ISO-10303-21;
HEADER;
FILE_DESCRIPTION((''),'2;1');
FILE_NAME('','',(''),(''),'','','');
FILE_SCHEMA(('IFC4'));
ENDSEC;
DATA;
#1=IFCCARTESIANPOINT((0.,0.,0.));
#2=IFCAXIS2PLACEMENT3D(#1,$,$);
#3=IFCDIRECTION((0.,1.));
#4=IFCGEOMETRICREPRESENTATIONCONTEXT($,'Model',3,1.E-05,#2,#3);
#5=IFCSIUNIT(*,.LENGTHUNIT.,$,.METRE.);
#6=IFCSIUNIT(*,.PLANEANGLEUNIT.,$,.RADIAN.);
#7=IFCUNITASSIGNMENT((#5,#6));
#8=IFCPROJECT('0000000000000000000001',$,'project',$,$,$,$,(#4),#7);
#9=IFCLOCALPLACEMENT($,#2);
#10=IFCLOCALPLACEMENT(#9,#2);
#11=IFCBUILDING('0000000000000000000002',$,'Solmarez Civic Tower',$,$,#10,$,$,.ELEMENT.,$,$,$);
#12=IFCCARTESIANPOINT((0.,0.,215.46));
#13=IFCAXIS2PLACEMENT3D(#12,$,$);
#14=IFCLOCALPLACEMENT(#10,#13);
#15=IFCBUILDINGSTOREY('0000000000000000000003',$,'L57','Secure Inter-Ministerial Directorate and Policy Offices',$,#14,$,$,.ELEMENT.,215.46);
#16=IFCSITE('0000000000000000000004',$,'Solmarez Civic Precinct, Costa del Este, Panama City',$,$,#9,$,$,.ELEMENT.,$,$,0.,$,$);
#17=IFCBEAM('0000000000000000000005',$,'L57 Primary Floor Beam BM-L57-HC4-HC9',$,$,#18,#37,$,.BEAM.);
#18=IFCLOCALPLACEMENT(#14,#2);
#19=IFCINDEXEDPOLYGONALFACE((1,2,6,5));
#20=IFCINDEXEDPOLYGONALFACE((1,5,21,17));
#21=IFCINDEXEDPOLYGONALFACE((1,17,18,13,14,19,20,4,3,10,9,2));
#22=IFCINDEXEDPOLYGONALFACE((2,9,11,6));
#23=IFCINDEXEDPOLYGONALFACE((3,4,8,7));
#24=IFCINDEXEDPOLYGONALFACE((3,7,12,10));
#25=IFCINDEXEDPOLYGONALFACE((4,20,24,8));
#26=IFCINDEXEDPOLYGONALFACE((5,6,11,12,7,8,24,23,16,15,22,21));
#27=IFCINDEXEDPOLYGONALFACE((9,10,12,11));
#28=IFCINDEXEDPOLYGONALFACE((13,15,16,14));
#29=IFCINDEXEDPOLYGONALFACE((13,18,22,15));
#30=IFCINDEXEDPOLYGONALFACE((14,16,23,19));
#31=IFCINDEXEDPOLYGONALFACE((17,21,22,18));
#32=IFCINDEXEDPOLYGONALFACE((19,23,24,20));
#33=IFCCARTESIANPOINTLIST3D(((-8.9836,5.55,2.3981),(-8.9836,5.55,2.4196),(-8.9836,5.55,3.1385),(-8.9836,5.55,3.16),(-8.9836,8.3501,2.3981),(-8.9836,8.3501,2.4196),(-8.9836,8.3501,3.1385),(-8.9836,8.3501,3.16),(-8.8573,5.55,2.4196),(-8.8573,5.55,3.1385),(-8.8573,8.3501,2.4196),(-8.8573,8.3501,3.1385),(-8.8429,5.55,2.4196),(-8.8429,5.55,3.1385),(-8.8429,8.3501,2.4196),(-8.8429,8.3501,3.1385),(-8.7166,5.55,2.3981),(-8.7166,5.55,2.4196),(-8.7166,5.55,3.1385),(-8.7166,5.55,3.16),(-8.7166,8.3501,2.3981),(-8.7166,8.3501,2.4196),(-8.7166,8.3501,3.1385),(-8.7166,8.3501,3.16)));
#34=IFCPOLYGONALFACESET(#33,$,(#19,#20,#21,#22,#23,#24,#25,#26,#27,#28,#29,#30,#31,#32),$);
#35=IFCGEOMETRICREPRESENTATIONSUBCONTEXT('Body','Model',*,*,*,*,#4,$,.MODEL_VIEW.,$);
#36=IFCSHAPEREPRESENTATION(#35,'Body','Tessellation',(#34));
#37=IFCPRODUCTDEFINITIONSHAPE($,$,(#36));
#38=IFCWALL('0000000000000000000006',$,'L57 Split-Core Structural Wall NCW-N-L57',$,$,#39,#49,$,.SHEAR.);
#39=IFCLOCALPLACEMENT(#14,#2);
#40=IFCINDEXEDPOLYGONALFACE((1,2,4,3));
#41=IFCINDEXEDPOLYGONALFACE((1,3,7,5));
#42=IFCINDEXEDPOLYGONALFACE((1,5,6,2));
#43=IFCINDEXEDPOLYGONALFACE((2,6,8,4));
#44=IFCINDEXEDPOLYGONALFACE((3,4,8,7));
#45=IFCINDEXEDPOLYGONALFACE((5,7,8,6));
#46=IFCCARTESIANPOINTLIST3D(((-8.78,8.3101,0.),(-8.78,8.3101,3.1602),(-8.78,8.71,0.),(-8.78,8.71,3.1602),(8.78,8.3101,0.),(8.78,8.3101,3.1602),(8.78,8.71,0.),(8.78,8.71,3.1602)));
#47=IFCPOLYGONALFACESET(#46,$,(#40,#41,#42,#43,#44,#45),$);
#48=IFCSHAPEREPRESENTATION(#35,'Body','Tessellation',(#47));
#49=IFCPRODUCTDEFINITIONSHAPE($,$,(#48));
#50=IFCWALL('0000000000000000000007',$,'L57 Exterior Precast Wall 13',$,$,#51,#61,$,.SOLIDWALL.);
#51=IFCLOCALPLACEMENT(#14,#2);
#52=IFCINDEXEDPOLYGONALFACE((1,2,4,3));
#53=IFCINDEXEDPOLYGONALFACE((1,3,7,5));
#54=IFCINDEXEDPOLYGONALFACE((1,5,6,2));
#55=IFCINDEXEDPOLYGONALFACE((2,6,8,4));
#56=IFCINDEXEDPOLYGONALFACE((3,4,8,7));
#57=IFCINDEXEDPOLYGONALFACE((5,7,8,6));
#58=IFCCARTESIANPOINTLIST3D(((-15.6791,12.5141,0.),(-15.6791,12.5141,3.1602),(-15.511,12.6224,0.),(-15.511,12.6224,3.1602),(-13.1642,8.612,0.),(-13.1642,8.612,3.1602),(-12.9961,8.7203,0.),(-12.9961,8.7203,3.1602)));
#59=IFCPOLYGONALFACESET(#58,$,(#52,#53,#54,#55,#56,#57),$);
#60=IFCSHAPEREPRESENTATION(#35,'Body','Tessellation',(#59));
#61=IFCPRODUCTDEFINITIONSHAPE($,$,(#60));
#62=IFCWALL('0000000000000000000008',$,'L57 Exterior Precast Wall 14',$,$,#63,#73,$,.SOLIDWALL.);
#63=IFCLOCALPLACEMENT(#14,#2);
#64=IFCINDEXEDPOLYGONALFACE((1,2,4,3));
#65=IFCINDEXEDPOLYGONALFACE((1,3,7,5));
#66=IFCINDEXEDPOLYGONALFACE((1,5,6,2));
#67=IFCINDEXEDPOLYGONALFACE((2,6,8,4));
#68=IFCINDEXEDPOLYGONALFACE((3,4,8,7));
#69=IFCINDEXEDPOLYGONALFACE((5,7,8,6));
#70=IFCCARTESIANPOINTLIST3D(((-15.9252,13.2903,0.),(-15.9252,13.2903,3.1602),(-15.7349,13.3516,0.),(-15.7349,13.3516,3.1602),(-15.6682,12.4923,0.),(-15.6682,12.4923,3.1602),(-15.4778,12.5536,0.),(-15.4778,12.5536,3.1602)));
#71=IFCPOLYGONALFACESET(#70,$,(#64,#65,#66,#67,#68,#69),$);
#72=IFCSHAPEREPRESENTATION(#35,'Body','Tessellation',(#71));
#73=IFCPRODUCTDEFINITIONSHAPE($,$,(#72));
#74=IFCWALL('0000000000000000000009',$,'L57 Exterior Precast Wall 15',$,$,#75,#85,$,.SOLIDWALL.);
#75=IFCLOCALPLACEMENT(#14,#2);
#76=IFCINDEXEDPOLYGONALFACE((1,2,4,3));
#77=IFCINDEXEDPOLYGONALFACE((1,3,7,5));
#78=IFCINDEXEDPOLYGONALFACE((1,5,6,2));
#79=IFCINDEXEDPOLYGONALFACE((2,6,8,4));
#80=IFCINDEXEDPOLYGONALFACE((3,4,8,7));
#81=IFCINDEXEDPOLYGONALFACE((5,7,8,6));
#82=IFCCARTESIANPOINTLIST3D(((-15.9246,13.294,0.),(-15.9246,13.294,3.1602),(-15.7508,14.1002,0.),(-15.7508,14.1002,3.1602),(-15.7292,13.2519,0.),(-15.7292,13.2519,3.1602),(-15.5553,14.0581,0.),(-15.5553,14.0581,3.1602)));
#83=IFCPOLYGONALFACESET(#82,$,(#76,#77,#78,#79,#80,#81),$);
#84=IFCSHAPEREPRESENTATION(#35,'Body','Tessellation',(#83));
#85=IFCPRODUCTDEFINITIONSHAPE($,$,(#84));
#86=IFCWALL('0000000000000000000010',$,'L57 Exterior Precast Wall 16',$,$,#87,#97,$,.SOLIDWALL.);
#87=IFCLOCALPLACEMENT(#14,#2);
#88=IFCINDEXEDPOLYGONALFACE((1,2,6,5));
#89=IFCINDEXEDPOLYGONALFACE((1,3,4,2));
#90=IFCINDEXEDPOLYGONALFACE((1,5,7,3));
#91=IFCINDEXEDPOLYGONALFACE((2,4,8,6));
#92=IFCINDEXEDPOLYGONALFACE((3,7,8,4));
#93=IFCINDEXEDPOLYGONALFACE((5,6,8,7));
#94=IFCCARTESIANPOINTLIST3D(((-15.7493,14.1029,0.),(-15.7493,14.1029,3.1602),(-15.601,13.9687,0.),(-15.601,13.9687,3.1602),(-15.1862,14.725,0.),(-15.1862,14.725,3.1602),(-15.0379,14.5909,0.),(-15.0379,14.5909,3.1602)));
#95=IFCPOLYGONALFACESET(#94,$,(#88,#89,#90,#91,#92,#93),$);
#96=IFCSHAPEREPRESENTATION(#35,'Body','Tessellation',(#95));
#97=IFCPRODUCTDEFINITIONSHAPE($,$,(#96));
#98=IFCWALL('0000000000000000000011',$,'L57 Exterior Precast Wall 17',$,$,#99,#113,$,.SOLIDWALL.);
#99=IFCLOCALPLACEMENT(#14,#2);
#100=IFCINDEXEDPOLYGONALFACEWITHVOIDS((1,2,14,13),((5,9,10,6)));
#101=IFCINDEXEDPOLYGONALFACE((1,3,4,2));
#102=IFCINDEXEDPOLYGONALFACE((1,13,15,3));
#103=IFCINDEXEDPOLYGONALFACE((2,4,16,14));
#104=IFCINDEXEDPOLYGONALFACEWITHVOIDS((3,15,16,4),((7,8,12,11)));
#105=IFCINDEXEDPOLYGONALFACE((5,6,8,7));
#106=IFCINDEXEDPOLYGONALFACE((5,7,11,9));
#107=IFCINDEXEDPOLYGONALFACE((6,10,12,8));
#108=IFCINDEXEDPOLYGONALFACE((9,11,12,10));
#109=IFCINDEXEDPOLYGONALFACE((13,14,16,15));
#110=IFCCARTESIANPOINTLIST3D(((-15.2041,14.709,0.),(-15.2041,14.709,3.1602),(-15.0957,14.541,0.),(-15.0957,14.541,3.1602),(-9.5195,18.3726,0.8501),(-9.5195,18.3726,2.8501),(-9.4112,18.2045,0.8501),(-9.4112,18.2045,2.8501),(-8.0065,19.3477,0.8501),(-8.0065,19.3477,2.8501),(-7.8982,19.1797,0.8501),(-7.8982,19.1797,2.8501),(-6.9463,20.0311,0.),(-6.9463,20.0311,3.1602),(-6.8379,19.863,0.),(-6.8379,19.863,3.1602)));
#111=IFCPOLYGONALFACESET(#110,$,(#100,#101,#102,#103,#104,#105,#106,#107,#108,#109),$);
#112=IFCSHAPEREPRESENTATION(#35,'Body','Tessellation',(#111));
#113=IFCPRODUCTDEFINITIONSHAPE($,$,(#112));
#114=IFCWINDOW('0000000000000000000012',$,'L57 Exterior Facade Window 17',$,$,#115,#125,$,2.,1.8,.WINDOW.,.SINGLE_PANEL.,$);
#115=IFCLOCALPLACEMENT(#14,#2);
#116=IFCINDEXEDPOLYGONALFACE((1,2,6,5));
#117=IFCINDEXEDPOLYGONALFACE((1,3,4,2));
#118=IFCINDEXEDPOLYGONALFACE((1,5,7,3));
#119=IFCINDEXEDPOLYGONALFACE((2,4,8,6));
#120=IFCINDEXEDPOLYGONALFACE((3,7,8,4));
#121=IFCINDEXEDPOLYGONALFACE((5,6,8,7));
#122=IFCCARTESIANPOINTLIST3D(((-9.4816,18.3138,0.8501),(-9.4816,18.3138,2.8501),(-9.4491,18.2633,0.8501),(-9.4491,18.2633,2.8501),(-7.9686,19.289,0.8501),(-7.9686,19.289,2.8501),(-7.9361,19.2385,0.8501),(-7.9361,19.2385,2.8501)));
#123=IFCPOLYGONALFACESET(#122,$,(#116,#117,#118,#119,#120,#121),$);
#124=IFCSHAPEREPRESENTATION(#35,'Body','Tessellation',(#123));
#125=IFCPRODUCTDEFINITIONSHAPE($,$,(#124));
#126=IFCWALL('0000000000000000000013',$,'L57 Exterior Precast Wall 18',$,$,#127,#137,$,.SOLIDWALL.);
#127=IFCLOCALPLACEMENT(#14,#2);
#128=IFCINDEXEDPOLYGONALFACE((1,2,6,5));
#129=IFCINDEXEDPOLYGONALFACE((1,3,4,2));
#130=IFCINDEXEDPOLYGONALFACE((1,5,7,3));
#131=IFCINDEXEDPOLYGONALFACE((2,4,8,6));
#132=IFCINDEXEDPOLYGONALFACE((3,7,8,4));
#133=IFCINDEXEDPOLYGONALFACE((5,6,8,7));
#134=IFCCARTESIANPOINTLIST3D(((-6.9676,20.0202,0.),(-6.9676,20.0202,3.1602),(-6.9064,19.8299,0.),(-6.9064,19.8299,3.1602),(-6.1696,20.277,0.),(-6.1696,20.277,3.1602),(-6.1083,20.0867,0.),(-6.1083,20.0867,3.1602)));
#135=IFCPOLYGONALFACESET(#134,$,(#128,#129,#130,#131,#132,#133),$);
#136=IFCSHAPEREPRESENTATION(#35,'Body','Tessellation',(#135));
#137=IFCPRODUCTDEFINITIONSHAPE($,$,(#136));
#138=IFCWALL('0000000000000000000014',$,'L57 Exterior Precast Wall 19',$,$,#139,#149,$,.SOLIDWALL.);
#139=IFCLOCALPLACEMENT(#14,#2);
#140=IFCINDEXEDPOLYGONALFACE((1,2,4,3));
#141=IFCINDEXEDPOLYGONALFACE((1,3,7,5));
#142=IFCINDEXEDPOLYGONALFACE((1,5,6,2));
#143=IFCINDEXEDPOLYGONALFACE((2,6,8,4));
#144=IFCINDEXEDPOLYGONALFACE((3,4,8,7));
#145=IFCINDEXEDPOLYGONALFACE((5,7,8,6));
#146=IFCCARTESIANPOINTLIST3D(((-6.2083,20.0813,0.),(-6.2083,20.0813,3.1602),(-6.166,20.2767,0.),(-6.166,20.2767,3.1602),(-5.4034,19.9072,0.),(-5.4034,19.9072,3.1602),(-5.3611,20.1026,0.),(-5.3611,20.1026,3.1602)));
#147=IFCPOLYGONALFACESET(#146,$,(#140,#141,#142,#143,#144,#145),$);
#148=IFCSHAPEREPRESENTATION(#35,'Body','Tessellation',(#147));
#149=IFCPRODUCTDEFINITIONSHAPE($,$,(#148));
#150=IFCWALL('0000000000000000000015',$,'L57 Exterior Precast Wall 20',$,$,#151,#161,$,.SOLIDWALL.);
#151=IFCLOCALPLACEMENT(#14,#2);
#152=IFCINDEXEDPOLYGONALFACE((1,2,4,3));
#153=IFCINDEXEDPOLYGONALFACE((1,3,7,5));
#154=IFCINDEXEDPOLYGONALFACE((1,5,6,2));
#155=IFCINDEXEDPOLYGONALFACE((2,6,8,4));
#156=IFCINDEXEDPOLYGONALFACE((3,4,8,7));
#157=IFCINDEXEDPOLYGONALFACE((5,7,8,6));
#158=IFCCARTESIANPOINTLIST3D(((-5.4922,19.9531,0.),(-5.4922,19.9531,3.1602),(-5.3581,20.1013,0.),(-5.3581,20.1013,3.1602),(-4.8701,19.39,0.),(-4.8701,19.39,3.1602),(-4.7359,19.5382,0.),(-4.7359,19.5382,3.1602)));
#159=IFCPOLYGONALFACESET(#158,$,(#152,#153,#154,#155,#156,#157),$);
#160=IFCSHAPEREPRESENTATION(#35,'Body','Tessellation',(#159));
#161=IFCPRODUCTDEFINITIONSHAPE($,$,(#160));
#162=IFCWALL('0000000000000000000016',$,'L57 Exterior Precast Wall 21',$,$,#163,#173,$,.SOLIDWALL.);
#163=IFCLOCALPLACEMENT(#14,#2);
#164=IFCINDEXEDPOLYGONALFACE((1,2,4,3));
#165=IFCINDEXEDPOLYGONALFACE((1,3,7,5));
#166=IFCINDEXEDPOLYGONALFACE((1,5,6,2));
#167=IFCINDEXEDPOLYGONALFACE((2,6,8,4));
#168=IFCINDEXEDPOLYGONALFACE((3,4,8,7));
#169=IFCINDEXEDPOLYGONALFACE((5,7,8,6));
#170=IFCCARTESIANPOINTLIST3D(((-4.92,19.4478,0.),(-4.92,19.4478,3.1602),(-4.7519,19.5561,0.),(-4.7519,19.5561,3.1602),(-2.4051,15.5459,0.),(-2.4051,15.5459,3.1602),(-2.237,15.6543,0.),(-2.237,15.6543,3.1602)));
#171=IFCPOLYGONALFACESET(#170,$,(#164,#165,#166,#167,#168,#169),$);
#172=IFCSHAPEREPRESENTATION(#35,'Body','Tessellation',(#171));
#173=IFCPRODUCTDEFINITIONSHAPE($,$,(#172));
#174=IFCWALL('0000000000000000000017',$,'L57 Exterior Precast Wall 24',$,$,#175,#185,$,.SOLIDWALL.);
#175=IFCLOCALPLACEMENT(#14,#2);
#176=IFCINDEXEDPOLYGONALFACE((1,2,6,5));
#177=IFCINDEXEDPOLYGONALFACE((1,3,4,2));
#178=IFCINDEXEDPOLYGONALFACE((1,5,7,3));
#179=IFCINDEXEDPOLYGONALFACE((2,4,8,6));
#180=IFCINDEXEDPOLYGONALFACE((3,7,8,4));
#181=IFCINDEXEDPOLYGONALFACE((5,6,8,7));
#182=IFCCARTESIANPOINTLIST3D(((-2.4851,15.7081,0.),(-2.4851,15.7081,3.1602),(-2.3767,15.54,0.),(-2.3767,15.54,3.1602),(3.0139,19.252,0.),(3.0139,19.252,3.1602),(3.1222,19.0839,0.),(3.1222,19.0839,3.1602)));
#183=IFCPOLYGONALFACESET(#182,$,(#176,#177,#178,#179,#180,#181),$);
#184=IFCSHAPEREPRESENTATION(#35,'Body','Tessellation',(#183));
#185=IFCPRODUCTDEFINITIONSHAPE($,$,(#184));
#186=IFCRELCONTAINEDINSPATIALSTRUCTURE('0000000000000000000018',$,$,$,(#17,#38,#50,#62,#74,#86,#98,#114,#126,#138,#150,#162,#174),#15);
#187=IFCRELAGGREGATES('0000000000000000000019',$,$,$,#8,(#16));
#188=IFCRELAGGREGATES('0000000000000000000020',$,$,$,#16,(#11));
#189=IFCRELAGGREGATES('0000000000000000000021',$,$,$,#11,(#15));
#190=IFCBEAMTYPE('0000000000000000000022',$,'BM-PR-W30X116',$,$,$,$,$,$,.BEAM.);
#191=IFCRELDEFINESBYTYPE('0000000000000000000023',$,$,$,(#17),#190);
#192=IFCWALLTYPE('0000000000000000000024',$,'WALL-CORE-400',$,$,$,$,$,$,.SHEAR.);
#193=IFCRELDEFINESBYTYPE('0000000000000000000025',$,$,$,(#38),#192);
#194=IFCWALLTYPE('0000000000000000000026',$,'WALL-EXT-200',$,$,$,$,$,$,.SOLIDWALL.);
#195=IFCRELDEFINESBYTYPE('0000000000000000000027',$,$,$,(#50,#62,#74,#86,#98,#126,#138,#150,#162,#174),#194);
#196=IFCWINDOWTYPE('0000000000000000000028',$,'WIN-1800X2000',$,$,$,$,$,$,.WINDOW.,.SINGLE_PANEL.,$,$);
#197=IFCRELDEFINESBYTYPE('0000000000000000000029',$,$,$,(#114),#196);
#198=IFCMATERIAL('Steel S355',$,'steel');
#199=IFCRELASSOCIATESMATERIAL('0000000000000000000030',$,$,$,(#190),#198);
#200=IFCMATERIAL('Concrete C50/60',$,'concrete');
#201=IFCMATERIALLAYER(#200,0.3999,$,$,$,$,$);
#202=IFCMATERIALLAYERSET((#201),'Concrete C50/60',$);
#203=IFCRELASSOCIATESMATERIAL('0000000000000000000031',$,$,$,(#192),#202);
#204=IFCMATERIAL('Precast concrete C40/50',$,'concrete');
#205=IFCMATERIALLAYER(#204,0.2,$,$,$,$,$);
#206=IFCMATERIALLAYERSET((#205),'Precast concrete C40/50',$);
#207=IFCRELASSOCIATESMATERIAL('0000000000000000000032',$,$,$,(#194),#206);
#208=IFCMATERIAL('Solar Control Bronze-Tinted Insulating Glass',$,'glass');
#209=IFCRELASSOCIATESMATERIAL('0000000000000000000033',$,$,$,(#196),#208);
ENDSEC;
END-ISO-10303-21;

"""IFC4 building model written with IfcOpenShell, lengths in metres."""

from ifc_helpers import new_model, si_unit, direction, frame, frame_2d, origin, origin_2d, place, context, subcontext, project, spatial, rectangle, i_section, extrude, material, layer, layer_set, material_profile, profile_set, type_object, element, fill, save


model = new_model("IFC4")

# Units and contexts
model_context = context("Model", 3, precision=1e-05, world=origin(), true_north=direction((0.0, 1.0)))
body_context = subcontext(model_context, "Body", "Model", "MODEL_VIEW")
ifc_project = project(units=[si_unit("LENGTHUNIT", "METRE"), si_unit("PLANEANGLEUNIT", "RADIAN")], contexts=[model_context])

# Site, building, storey
site_placement = place(None, origin())
site = spatial("IfcSite", under=ifc_project, at=site_placement, Name="Solmarez Civic Precinct, Costa del Este, Panama City", CompositionType="ELEMENT", RefElevation=0.0)
building_placement = place(site_placement, origin())
building = spatial("IfcBuilding", under=site, at=building_placement, Name="Solmarez Civic Tower", CompositionType="ELEMENT")
storey_placement = place(building_placement, frame((0.0, 0.0, 215.46)))
storey = spatial("IfcBuildingStorey", under=building, at=storey_placement, Name="L57", Description="Secure Inter-Ministerial Directorate and Policy Offices", CompositionType="ELEMENT", Elevation=215.46)

# Shared definitions
ifc_material_1 = material(Name="Concrete C50/60", Category="concrete")
ifc_material_2 = material(Name="Steel S355", Category="steel")

# Beam
ifc_material_profile_1 = material_profile(ifc_material_2, i_section(OverallWidth=0.2671, OverallDepth=0.762, WebThickness=0.0144, FlangeThickness=0.0215, at=origin_2d()), Name="W30X116")
ifc_profile_set_1 = profile_set([ifc_material_profile_1], Name="Steel S355")
beam_type_1 = type_object("IfcBeamType", Name="BM-PR-W30X116", PredefinedType="BEAM", material=ifc_profile_set_1)
beam_1_placement = place(storey_placement, frame((-8.8501, 5.55, 2.7791), z_axis=(0.0, 1.0, 0.0), x_axis=(-1.0, 0.0, 0.0)))
element("IfcBeam", 1, at=beam_1_placement, inside=storey, type_object=beam_type_1, Name="L57 Primary Floor Beam BM-L57-HC4-HC9", PredefinedType="BEAM", context=body_context, shape_type="SweptSolid", body=[
    extrude(i_section(OverallWidth=0.2671, OverallDepth=0.762, WebThickness=0.0144, FlangeThickness=0.0215, at=origin_2d()), origin(), (0.0, 0.0, 1.0), 2.8),
])

# Walls
ifc_layer_1 = layer(ifc_material_1, 0.3999)
ifc_layer_set_1 = layer_set([ifc_layer_1], Name="Concrete C50/60")
wall_type_1 = type_object("IfcWallType", Name="WALL-CORE-400", PredefinedType="SHEAR", material=ifc_layer_set_1)
wall_1_placement = place(storey_placement, frame((-8.78, 8.51, 0.0), z_axis=(0.0, 0.0, 1.0), x_axis=(1.0, 0.0, 0.0)))
element("IfcWall", 2, at=wall_1_placement, inside=storey, type_object=wall_type_1, Name="L57 Split-Core Structural Wall NCW-N-L57", PredefinedType="SHEAR", context=body_context, shape_type="SweptSolid", body=[
    extrude(rectangle(XDim=17.5601, YDim=0.3999, at=frame_2d((8.78, 0.0))), origin(), (0.0, 0.0, 1.0), 3.1602),
])
ifc_material_3 = material(Name="Precast concrete C40/50", Category="concrete")
ifc_layer_2 = layer(ifc_material_3, 0.2)
ifc_layer_set_2 = layer_set([ifc_layer_2], Name="Precast concrete C40/50")
wall_type_2 = type_object("IfcWallType", Name="WALL-EXT-200", PredefinedType="SOLIDWALL", material=ifc_layer_set_2)
wall_2_placement = place(storey_placement, frame((-13.0801, 8.666, 0.0), z_axis=(0.0, 0.0, 1.0), x_axis=(-0.541733, 0.840551, 0.0)))
element("IfcWall", 3, at=wall_2_placement, inside=storey, type_object=wall_type_2, Name="L57 Exterior Precast Wall 13", PredefinedType="SOLIDWALL", context=body_context, shape_type="SweptSolid", body=[
    extrude(rectangle(XDim=4.6423, YDim=0.2, at=frame_2d((2.3213, 0.0))), origin(), (0.0, 0.0, 1.0), 3.1602),
])
wall_3_placement = place(storey_placement, frame((-15.573, 12.5229, 0.0), z_axis=(0.0, 0.0, 1.0), x_axis=(-0.306603, 0.951838, 0.0)))
element("IfcWall", 4, at=wall_3_placement, inside=storey, type_object=wall_type_2, Name="L57 Exterior Precast Wall 14", PredefinedType="SOLIDWALL", context=body_context, shape_type="SweptSolid", body=[
    extrude(rectangle(XDim=0.8384, YDim=0.2, at=frame_2d((0.4192, 0.0))), origin(), (0.0, 0.0, 1.0), 3.1602),
])
wall_4_placement = place(storey_placement, frame((-15.8269, 13.2729, 0.0), z_axis=(0.0, 0.0, 1.0), x_axis=(0.210782, 0.977533, 0.0)))
element("IfcWall", 5, at=wall_4_placement, inside=storey, type_object=wall_type_2, Name="L57 Exterior Precast Wall 15", PredefinedType="SOLIDWALL", context=body_context, shape_type="SweptSolid", body=[
    extrude(rectangle(XDim=0.8247, YDim=0.2, at=frame_2d((0.4124, 0.0))), origin(), (0.0, 0.0, 1.0), 3.1602),
])
wall_5_placement = place(storey_placement, frame((-15.675, 14.0359, 0.0), z_axis=(0.0, 0.0, 1.0), x_axis=(0.67102, 0.741439, 0.0)))
element("IfcWall", 6, at=wall_5_placement, inside=storey, type_object=wall_type_2, Name="L57 Exterior Precast Wall 16", PredefinedType="SOLIDWALL", context=body_context, shape_type="SweptSolid", body=[
    extrude(rectangle(XDim=0.8391, YDim=0.2, at=frame_2d((0.4194, 0.0))), origin(), (0.0, 0.0, 1.0), 3.1602),
])

# Wall, opening, window
wall_6_placement = place(storey_placement, frame((-15.1499, 14.625, 0.0), z_axis=(0.0, 0.0, 1.0), x_axis=(0.840556, 0.541724, 0.0)))
wall_6 = element("IfcWall", 7, at=wall_6_placement, inside=storey, type_object=wall_type_2, Name="L57 Exterior Precast Wall 17", PredefinedType="SOLIDWALL", context=body_context, shape_type="SweptSolid", body=[
    extrude(rectangle(XDim=9.8242, YDim=0.2, at=frame_2d((4.9121, 0.0))), origin(), (0.0, 0.0, 1.0), 3.1602),
])
opening_1_placement = place(wall_6_placement, frame((6.7629, 0.0, 0.8501)))
opening_1 = element("IfcOpeningElement", 8, at=opening_1_placement, cuts=wall_6, PredefinedType="OPENING", context=body_context, shape_type="SweptSolid", body=[
    extrude(rectangle(XDim=1.8, YDim=2.0, at=frame_2d((0.8999, 1.0))), frame((0.0, 0.1099, 0.0), z_axis=(0.0, -1.0, 0.0), x_axis=(1.0, 0.0, 0.0)), (0.0, 0.0, 1.0), 0.22),
])
ifc_material_4 = material(Name="Solar Control Bronze-Tinted Insulating Glass", Category="glass")
window_type = type_object("IfcWindowType", Name="WIN-1800X2000", PartitioningType="SINGLE_PANEL", PredefinedType="WINDOW", material=ifc_material_4)
window_placement = place(opening_1_placement, origin())
window = element("IfcWindow", 9, at=window_placement, inside=storey, type_object=window_type, Name="L57 Exterior Facade Window 17", OverallHeight=2.0, OverallWidth=1.8, PartitioningType="SINGLE_PANEL", PredefinedType="WINDOW", context=body_context, shape_type="SweptSolid", body=[
    extrude(rectangle(XDim=1.8, YDim=2.0, at=frame_2d((0.8999, 1.0))), frame((0.0, 0.03, 0.0), z_axis=(0.0, -1.0, 0.0), x_axis=(1.0, 0.0, 0.0)), (0.0, 0.0, 1.0), 0.0601),
])
fill(opening_1, window)

# Walls
wall_7_placement = place(storey_placement, frame((-6.937, 19.925, 0.0), z_axis=(0.0, 0.0, 1.0), x_axis=(0.951922, 0.306339, 0.0)))
element("IfcWall", 10, at=wall_7_placement, inside=storey, type_object=wall_type_2, Name="L57 Exterior Precast Wall 18", PredefinedType="SOLIDWALL", context=body_context, shape_type="SweptSolid", body=[
    extrude(rectangle(XDim=0.8384, YDim=0.2, at=frame_2d((0.4192, 0.0))), origin(), (0.0, 0.0, 1.0), 3.1602),
])
wall_8_placement = place(storey_placement, frame((-6.187, 20.179, 0.0), z_axis=(0.0, 0.0, 1.0), x_axis=(0.977406, -0.211371, 0.0)))
element("IfcWall", 11, at=wall_8_placement, inside=storey, type_object=wall_type_2, Name="L57 Exterior Precast Wall 19", PredefinedType="SOLIDWALL", context=body_context, shape_type="SweptSolid", body=[
    extrude(rectangle(XDim=0.8235, YDim=0.2, at=frame_2d((0.4116, 0.0))), origin(), (0.0, 0.0, 1.0), 3.1602),
])
wall_9_placement = place(storey_placement, frame((-5.425, 20.0271, 0.0), z_axis=(0.0, 0.0, 1.0), x_axis=(0.741439, -0.67102, 0.0)))
element("IfcWall", 12, at=wall_9_placement, inside=storey, type_object=wall_type_2, Name="L57 Exterior Precast Wall 20", PredefinedType="SOLIDWALL", context=body_context, shape_type="SweptSolid", body=[
    extrude(rectangle(XDim=0.8391, YDim=0.2, at=frame_2d((0.4194, 0.0))), origin(), (0.0, 0.0, 1.0), 3.1602),
])
wall_10_placement = place(storey_placement, frame((-4.8359, 19.502, 0.0), z_axis=(0.0, 0.0, 1.0), x_axis=(0.541757, -0.840535, 0.0)))
element("IfcWall", 13, at=wall_10_placement, inside=storey, type_object=wall_type_2, Name="L57 Exterior Precast Wall 21", PredefinedType="SOLIDWALL", context=body_context, shape_type="SweptSolid", body=[
    extrude(rectangle(XDim=4.6421, YDim=0.2, at=frame_2d((2.321, 0.0))), origin(), (0.0, 0.0, 1.0), 3.1602),
])
wall_11_placement = place(storey_placement, frame((-2.4309, 15.624, 0.0), z_axis=(0.0, 0.0, 1.0), x_axis=(0.840562, 0.541715, 0.0)))
element("IfcWall", 14, at=wall_11_placement, inside=storey, type_object=wall_type_2, Name="L57 Exterior Precast Wall 24", PredefinedType="SOLIDWALL", context=body_context, shape_type="SweptSolid", body=[
    extrude(rectangle(XDim=6.542, YDim=0.2, at=frame_2d((3.271, 0.0))), origin(), (0.0, 0.0, 1.0), 3.1602),
])

save(model, "model.ifc")
